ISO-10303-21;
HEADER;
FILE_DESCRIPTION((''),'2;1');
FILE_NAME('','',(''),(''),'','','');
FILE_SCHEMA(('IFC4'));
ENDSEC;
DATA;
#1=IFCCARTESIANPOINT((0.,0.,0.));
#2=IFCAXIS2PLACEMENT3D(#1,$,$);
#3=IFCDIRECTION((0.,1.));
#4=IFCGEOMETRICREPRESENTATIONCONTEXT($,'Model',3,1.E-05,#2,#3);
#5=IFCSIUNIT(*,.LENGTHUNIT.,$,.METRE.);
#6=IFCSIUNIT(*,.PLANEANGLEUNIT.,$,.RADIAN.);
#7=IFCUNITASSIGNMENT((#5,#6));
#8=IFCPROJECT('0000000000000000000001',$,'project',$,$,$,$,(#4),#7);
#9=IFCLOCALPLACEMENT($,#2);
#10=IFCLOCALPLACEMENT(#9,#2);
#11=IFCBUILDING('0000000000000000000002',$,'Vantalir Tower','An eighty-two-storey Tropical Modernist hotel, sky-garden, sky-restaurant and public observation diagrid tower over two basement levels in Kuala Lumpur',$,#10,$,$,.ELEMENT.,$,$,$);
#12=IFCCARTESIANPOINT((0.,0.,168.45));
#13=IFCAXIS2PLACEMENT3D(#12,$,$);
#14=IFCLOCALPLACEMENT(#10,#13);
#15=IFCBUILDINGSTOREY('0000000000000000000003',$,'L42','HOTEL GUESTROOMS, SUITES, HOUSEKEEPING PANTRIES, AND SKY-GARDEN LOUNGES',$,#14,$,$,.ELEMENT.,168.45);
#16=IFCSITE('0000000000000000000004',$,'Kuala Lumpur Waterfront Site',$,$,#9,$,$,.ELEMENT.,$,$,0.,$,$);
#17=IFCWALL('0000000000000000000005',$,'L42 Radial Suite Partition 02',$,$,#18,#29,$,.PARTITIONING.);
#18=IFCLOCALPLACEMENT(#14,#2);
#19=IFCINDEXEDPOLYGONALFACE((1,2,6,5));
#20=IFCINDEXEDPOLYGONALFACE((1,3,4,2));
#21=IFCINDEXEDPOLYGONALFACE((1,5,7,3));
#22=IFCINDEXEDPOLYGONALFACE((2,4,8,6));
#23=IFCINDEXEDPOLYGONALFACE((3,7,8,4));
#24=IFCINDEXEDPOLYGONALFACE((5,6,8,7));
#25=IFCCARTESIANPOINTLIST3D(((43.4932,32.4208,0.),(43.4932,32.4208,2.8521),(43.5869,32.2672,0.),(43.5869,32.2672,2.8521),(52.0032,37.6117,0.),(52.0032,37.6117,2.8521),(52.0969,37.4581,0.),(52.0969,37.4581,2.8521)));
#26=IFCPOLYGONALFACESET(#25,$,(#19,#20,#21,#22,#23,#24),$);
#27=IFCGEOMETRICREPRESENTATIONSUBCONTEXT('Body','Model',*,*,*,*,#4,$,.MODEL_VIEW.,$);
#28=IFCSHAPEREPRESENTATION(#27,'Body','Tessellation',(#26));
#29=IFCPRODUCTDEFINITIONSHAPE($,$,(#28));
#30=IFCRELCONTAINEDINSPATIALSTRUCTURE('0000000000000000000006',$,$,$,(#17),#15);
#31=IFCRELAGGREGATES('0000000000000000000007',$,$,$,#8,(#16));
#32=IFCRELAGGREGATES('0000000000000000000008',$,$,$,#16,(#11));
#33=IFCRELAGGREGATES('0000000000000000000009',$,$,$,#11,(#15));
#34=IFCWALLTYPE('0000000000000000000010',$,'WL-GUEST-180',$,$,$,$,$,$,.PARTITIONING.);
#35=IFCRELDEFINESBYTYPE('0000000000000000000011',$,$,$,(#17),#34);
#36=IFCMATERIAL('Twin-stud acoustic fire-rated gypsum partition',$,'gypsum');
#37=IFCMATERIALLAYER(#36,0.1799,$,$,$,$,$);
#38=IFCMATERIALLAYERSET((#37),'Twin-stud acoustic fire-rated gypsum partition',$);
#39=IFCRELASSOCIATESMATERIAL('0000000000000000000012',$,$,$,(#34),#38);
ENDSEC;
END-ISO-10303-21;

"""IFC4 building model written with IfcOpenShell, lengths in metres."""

from ifc_helpers import new_model, si_unit, direction, frame, frame_2d, origin, place, context, subcontext, project, spatial, rectangle, extrude, material, layer, layer_set, type_object, element, save


model = new_model("IFC4")

# Units and contexts
model_context = context("Model", 3, precision=1e-05, world=origin(), true_north=direction((0.0, 1.0)))
body_context = subcontext(model_context, "Body", "Model", "MODEL_VIEW")
ifc_project = project(units=[si_unit("LENGTHUNIT", "METRE"), si_unit("PLANEANGLEUNIT", "RADIAN")], contexts=[model_context])

# Site, building, storey
site_placement = place(None, origin())
site = spatial("IfcSite", under=ifc_project, at=site_placement, Name="Kuala Lumpur Waterfront Site", CompositionType="ELEMENT", RefElevation=0.0)
building_placement = place(site_placement, origin())
building = spatial("IfcBuilding", under=site, at=building_placement, Name="Vantalir Tower", Description="An eighty-two-storey Tropical Modernist hotel, sky-garden, sky-restaurant and public observation diagrid tower over two basement levels in Kuala Lumpur", CompositionType="ELEMENT")
storey_placement = place(building_placement, frame((0.0, 0.0, 168.45)))
storey = spatial("IfcBuildingStorey", under=building, at=storey_placement, Name="L42", Description="HOTEL GUESTROOMS, SUITES, HOUSEKEEPING PANTRIES, AND SKY-GARDEN LOUNGES", CompositionType="ELEMENT", Elevation=168.45)

# Wall
ifc_material_1 = material(Name="Twin-stud acoustic fire-rated gypsum partition", Category="gypsum")
ifc_layer_1 = layer(ifc_material_1, 0.1799)
ifc_layer_set_1 = layer_set([ifc_layer_1], Name="Twin-stud acoustic fire-rated gypsum partition")
wall_type_1 = type_object("IfcWallType", Name="WL-GUEST-180", PredefinedType="PARTITIONING", material=ifc_layer_set_1)
wall_1_placement = place(storey_placement, frame((43.54, 32.344, 0.0), z_axis=(0.0, 0.0, 1.0), x_axis=(0.853712, 0.520745, 0.0)))
element("IfcWall", 1, at=wall_1_placement, inside=storey, type_object=wall_type_1, Name="L42 Radial Suite Partition 02", PredefinedType="PARTITIONING", context=body_context, shape_type="SweptSolid", body=[
    extrude(rectangle(XDim=9.9683, YDim=0.1799, at=frame_2d((4.9841, 0.0))), origin(), (0.0, 0.0, 1.0), 2.8521),
])

save(model, "model.ifc")
